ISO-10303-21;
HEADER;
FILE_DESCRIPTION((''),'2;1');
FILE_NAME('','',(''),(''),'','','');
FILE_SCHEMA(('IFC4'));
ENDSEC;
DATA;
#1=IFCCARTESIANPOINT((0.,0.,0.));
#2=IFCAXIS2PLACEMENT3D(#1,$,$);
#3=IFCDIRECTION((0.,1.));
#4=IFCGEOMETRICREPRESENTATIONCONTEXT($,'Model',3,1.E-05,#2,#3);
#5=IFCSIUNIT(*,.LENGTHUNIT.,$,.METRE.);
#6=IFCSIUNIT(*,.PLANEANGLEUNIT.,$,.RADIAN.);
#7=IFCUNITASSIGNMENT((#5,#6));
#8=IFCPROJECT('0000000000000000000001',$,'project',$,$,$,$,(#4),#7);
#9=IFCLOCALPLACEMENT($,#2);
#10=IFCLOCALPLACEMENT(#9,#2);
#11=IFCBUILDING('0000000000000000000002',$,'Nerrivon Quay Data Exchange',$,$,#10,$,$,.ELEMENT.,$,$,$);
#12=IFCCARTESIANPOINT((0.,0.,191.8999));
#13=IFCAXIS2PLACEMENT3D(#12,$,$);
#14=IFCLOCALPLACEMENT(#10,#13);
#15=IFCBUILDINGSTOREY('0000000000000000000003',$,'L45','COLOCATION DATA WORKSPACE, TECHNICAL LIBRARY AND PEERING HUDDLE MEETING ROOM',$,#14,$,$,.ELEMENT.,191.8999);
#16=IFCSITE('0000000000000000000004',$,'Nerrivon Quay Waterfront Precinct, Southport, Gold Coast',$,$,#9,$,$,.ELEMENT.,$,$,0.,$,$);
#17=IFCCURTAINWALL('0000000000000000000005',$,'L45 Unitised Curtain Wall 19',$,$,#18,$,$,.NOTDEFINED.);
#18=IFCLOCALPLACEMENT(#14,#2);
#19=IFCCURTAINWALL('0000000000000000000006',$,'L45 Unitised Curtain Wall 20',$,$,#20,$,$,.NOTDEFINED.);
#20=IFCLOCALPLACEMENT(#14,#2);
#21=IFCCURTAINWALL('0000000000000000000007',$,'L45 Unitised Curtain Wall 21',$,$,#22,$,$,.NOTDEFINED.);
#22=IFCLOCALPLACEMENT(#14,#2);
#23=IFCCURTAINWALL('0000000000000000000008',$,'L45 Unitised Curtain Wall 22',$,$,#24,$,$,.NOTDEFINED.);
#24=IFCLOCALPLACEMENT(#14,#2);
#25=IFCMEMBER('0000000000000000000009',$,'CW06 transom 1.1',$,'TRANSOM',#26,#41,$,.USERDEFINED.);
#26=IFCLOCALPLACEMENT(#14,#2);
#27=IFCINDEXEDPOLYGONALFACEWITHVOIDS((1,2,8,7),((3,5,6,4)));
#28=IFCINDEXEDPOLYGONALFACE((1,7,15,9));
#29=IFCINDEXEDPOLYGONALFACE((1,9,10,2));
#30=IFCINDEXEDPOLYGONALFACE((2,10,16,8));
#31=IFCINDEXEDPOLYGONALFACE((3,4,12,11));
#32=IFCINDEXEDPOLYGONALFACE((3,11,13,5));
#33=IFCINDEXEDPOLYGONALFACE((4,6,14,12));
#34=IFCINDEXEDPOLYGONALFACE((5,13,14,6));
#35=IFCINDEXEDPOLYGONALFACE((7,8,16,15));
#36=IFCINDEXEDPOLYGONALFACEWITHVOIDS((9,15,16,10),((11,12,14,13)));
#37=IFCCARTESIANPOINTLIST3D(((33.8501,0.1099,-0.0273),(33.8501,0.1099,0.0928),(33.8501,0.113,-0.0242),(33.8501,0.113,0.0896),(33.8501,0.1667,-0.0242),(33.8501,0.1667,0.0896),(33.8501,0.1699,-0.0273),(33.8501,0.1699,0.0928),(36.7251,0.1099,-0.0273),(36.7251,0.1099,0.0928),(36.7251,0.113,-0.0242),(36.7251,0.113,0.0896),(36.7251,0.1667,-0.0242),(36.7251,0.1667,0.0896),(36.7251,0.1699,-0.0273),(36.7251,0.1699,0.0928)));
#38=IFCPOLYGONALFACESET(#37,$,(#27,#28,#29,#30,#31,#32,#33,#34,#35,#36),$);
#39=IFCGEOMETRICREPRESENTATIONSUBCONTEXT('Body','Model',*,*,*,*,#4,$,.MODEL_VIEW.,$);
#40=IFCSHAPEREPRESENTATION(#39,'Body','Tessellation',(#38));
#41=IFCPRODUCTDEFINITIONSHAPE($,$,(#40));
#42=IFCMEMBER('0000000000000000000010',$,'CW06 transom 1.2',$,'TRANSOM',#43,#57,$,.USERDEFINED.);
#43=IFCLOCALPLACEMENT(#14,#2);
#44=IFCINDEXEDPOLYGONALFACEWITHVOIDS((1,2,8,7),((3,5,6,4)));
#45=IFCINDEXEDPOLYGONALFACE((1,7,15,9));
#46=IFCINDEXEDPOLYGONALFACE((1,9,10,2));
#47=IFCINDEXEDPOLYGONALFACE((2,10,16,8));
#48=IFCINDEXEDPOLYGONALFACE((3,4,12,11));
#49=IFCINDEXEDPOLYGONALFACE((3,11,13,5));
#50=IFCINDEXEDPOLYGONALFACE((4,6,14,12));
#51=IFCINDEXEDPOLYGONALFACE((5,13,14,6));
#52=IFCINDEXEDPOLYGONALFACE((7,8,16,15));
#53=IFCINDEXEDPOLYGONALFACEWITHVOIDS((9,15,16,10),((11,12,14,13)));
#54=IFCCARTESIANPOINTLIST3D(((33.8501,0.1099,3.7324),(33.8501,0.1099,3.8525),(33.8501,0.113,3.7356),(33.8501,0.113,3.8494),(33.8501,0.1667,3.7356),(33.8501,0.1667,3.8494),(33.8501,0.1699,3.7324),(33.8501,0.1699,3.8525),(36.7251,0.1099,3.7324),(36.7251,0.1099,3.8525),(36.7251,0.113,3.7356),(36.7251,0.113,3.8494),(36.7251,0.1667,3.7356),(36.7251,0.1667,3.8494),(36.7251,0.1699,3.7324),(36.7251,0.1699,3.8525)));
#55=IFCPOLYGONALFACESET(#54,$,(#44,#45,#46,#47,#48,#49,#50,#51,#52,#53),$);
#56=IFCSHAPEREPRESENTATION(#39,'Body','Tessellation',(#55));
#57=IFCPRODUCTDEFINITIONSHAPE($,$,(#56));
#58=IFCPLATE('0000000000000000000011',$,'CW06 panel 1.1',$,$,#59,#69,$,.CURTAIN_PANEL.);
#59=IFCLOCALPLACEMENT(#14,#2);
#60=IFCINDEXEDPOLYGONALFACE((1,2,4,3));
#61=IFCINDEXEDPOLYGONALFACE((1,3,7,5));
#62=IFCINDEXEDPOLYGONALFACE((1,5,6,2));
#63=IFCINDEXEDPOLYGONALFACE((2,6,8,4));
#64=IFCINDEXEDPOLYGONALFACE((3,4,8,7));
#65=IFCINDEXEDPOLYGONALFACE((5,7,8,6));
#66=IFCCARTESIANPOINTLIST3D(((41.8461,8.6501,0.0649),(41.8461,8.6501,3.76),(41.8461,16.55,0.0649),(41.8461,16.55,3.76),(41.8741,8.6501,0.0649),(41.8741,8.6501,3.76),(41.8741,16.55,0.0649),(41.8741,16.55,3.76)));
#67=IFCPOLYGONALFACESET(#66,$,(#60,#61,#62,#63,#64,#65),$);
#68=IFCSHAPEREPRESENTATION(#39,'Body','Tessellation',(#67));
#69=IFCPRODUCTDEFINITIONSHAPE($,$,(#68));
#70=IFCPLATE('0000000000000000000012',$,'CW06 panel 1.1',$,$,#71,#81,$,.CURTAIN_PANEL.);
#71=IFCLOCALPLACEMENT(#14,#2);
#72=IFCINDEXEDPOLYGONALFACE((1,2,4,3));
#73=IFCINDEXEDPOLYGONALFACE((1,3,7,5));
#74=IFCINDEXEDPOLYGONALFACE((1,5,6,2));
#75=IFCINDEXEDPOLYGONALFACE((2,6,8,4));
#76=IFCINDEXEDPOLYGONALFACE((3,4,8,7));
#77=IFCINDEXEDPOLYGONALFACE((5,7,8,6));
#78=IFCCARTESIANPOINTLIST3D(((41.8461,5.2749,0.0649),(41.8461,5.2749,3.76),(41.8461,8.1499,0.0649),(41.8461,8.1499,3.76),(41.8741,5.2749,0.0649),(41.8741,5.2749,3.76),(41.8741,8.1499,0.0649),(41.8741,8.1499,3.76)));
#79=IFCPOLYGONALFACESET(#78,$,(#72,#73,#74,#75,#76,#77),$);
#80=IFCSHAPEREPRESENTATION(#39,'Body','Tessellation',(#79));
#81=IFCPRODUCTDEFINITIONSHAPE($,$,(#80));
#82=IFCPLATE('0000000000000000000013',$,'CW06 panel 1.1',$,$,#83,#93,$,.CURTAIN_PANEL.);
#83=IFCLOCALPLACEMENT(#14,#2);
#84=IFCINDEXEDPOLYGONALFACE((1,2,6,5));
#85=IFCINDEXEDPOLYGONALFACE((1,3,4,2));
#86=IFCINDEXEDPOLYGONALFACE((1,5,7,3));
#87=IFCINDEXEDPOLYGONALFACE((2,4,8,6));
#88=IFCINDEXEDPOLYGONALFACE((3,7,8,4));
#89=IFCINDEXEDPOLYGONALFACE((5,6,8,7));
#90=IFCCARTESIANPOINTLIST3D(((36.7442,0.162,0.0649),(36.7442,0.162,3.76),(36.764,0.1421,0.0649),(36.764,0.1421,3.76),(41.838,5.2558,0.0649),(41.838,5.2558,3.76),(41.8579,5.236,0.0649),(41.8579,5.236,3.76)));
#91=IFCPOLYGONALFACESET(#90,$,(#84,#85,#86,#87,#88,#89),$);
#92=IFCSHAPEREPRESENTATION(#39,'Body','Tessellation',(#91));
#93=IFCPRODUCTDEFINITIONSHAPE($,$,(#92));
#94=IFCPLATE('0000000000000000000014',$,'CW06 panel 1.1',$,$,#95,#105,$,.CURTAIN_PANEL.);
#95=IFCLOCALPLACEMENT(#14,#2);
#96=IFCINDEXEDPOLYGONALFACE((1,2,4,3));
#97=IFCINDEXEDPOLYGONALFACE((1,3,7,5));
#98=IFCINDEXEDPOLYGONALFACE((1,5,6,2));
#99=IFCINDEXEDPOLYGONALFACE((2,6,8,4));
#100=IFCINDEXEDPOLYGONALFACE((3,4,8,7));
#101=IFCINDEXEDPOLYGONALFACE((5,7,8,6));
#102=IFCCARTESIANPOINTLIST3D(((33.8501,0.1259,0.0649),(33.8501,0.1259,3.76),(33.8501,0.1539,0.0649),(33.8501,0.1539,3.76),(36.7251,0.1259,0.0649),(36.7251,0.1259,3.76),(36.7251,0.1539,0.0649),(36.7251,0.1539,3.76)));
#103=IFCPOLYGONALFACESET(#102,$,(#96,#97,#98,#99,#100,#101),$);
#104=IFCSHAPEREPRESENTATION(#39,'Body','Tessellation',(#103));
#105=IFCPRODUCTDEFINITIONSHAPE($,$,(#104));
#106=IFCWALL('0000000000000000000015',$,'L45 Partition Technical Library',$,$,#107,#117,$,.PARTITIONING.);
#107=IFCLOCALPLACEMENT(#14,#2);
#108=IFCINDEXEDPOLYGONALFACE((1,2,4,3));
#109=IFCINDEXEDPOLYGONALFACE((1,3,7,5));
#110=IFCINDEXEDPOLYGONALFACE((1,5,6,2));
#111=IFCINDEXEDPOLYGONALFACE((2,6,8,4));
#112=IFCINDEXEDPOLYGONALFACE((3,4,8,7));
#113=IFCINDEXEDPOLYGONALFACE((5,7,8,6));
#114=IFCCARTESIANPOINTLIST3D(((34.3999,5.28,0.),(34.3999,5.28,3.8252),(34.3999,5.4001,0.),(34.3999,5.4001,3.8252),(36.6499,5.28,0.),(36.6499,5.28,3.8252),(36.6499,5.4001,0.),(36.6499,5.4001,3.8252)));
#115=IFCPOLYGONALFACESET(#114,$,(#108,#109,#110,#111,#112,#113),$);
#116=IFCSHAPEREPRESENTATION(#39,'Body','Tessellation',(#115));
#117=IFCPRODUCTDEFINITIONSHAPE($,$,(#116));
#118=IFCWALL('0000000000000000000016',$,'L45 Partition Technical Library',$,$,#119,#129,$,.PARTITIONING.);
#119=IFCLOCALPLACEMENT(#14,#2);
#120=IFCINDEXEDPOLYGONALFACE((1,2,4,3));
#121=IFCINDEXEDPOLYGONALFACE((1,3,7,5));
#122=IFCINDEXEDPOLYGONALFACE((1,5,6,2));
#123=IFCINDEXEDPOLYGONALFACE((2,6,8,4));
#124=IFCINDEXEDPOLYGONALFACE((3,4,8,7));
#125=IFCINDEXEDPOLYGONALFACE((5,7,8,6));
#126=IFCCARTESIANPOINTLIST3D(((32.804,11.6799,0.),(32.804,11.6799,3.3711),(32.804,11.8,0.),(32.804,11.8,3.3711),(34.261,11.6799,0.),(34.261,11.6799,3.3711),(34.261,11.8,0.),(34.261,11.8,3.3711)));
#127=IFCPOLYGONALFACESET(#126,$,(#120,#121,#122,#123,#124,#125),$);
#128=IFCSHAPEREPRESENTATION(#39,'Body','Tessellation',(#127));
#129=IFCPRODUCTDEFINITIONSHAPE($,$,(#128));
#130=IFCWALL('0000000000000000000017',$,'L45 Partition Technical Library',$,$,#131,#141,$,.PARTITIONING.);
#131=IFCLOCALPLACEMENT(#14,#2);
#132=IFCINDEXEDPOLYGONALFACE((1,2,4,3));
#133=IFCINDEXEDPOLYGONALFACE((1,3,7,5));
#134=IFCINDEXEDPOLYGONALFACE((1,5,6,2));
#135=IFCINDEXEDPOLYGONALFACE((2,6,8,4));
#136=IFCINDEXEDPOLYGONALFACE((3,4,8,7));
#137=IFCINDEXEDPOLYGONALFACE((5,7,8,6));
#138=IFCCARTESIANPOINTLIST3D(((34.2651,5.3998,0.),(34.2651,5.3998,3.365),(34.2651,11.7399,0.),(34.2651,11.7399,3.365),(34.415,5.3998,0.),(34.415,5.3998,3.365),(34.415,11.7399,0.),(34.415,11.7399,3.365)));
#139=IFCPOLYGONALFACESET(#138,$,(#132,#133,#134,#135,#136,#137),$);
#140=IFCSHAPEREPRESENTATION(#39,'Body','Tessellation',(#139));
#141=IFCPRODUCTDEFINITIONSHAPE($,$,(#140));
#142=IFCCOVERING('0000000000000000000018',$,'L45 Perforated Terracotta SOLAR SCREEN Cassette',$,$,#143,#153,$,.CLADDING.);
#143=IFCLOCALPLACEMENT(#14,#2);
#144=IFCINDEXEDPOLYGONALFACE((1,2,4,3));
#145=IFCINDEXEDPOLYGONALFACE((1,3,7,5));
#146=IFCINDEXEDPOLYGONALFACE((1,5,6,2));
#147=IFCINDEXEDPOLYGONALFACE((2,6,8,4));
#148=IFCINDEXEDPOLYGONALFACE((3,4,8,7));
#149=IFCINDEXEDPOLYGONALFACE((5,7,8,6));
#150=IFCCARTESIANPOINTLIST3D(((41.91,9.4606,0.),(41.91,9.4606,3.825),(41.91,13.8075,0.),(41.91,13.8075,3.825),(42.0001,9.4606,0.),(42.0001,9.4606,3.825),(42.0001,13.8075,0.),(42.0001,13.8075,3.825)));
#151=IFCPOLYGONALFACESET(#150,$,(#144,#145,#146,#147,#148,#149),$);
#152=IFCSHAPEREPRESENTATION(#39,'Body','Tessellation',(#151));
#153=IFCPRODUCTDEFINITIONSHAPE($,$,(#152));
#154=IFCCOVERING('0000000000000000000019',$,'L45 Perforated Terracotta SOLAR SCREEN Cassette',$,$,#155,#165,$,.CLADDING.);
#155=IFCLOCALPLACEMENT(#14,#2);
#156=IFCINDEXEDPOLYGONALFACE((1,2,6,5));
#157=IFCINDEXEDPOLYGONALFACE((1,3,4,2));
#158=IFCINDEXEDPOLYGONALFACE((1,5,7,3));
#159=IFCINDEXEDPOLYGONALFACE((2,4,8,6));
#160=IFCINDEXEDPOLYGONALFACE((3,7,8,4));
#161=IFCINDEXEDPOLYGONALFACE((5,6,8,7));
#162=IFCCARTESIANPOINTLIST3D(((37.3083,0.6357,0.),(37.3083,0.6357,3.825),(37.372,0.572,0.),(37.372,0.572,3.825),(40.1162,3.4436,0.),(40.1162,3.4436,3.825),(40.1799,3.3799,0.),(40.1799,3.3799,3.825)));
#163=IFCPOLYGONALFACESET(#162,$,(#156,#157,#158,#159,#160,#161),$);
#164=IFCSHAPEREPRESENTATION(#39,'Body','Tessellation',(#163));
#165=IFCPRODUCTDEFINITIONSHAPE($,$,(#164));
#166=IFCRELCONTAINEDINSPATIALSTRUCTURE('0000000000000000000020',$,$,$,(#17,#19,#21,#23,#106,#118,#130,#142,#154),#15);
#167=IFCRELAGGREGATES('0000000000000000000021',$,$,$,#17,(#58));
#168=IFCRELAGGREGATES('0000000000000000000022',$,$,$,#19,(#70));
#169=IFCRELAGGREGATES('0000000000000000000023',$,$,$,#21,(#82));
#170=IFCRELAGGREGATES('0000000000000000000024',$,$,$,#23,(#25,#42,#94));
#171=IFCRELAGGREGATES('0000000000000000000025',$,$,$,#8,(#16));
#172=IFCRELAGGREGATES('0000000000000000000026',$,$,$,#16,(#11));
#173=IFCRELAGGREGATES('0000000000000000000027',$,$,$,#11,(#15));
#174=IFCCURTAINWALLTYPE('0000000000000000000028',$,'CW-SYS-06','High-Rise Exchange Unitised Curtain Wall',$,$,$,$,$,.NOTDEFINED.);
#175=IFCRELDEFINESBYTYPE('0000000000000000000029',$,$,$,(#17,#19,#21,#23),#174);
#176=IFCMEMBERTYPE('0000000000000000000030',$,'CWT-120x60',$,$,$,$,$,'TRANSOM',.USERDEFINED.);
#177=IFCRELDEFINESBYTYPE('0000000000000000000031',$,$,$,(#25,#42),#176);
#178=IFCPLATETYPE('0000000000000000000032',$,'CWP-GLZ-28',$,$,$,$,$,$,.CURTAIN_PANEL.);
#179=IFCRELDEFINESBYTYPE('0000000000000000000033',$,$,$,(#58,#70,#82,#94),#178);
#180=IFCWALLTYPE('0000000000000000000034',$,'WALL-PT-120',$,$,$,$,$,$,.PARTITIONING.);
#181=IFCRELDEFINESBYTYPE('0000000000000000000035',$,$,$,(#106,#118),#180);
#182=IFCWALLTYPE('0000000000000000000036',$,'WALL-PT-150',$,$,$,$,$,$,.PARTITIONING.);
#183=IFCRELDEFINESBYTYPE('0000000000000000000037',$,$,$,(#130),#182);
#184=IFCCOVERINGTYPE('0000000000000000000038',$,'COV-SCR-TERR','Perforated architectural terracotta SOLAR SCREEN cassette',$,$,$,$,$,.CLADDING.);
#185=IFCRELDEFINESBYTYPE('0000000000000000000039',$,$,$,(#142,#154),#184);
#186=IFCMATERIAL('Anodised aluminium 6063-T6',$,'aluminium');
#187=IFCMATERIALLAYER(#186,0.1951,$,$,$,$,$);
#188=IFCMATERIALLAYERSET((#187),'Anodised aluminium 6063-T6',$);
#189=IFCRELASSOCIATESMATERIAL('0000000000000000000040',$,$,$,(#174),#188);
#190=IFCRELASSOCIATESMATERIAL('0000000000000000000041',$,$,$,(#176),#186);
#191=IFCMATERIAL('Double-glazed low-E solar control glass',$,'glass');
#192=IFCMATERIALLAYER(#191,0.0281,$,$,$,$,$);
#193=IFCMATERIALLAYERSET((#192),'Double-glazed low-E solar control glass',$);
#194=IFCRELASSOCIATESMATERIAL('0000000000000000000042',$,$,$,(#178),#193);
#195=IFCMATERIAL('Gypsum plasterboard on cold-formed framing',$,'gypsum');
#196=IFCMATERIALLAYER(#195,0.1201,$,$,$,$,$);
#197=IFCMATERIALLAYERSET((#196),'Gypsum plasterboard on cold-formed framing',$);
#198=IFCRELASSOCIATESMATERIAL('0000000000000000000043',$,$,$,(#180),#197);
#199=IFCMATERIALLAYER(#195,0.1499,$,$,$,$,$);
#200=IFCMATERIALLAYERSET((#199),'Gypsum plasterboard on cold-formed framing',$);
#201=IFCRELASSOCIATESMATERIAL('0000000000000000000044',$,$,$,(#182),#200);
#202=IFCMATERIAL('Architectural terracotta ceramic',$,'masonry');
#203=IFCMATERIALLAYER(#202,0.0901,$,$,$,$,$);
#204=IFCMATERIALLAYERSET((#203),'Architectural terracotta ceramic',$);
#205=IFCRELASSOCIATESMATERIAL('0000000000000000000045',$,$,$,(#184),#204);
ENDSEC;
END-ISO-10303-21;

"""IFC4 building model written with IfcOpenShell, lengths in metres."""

from ifc_helpers import new_model, si_unit, direction, frame, frame_2d, origin, origin_2d, place, context, subcontext, project, spatial, rectangle, hollow_rectangle, extrude, material, layer, layer_set, material_profile, profile_set, type_object, element, aggregate, save


model = new_model("IFC4")

# Units and contexts
model_context = context("Model", 3, precision=1e-05, world=origin(), true_north=direction((0.0, 1.0)))
body_context = subcontext(model_context, "Body", "Model", "MODEL_VIEW")
ifc_project = project(units=[si_unit("LENGTHUNIT", "METRE"), si_unit("PLANEANGLEUNIT", "RADIAN")], contexts=[model_context])

# Site, building, storey
site_placement = place(None, origin())
site = spatial("IfcSite", under=ifc_project, at=site_placement, Name="Nerrivon Quay Waterfront Precinct, Southport, Gold Coast", CompositionType="ELEMENT", RefElevation=0.0)
building_placement = place(site_placement, origin())
building = spatial("IfcBuilding", under=site, at=building_placement, Name="Nerrivon Quay Data Exchange", CompositionType="ELEMENT")
storey_placement = place(building_placement, frame((0.0, 0.0, 191.8999)))
storey = spatial("IfcBuildingStorey", under=building, at=storey_placement, Name="L45", Description="COLOCATION DATA WORKSPACE, TECHNICAL LIBRARY AND PEERING HUDDLE MEETING ROOM", CompositionType="ELEMENT", Elevation=191.8999)

# Curtain walls
ifc_material_1 = material(Name="Anodised aluminium 6063-T6", Category="aluminium")
ifc_layer_1 = layer(ifc_material_1, 0.1951)
ifc_layer_set_1 = layer_set([ifc_layer_1], Name="Anodised aluminium 6063-T6")
curtain_wall_type = type_object("IfcCurtainWallType", Name="CW-SYS-06", Description="High-Rise Exchange Unitised Curtain Wall", PredefinedType="NOTDEFINED", material=ifc_layer_set_1)
curtain_wall_1_placement = place(storey_placement, origin())
curtain_wall_1 = element("IfcCurtainWall", 1, at=curtain_wall_1_placement, inside=storey, type_object=curtain_wall_type, Name="L45 Unitised Curtain Wall 19", PredefinedType="NOTDEFINED")
curtain_wall_2_placement = place(storey_placement, origin())
curtain_wall_2 = element("IfcCurtainWall", 2, at=curtain_wall_2_placement, inside=storey, type_object=curtain_wall_type, Name="L45 Unitised Curtain Wall 20", PredefinedType="NOTDEFINED")
curtain_wall_3_placement = place(storey_placement, origin())
curtain_wall_3 = element("IfcCurtainWall", 3, at=curtain_wall_3_placement, inside=storey, type_object=curtain_wall_type, Name="L45 Unitised Curtain Wall 21", PredefinedType="NOTDEFINED")

# Curtain wall
curtain_wall_4_placement = place(storey_placement, origin())
curtain_wall_4 = element("IfcCurtainWall", 4, at=curtain_wall_4_placement, inside=storey, type_object=curtain_wall_type, Name="L45 Unitised Curtain Wall 22", PredefinedType="NOTDEFINED")

# Members
ifc_material_profile_1 = material_profile(ifc_material_1, hollow_rectangle(XDim=0.0601, YDim=0.1201, WallThickness=0.0032, at=origin_2d()), Name="ALU-TRAN-120x60")
ifc_profile_set_1 = profile_set([ifc_material_profile_1], Name="Anodised aluminium 6063-T6")
member_type_1 = type_object("IfcMemberType", Name="CWT-120x60", ElementType="TRANSOM", PredefinedType="USERDEFINED", material=ifc_profile_set_1)
member_1_placement = place(storey_placement, frame((36.7251, 0.1399, 0.0327), z_axis=(-1.0, 0.0, 0.0), x_axis=(0.0, -1.0, 0.0)))
member_1 = element("IfcMember", 5, at=member_1_placement, type_object=member_type_1, Name="CW06 transom 1.1", ObjectType="TRANSOM", PredefinedType="USERDEFINED", context=body_context, shape_type="SweptSolid", body=[
    extrude(hollow_rectangle(XDim=0.0601, YDim=0.1201, WallThickness=0.0032, at=origin_2d()), origin(), (0.0, 0.0, 1.0), 2.875),
])
member_2_placement = place(storey_placement, frame((36.7251, 0.1399, 3.7925), z_axis=(-1.0, 0.0, 0.0), x_axis=(0.0, -1.0, 0.0)))
member_2 = element("IfcMember", 6, at=member_2_placement, type_object=member_type_1, Name="CW06 transom 1.2", ObjectType="TRANSOM", PredefinedType="USERDEFINED", context=body_context, shape_type="SweptSolid", body=[
    extrude(hollow_rectangle(XDim=0.0601, YDim=0.1201, WallThickness=0.0032, at=origin_2d()), origin(), (0.0, 0.0, 1.0), 2.875),
])

# Plates
ifc_material_2 = material(Name="Double-glazed low-E solar control glass", Category="glass")
ifc_layer_2 = layer(ifc_material_2, 0.0281)
ifc_layer_set_2 = layer_set([ifc_layer_2], Name="Double-glazed low-E solar control glass")
plate_type = type_object("IfcPlateType", Name="CWP-GLZ-28", PredefinedType="CURTAIN_PANEL", material=ifc_layer_set_2)
plate_1_placement = place(storey_placement, frame((41.8601, 12.6001, 0.0649), z_axis=(0.0, 0.0, 1.0), x_axis=(0.0, -1.0, 0.0)))
plate_1 = element("IfcPlate", 7, at=plate_1_placement, type_object=plate_type, Name="CW06 panel 1.1", PredefinedType="CURTAIN_PANEL", context=body_context, shape_type="SweptSolid", body=[
    extrude(rectangle(XDim=7.8999, YDim=0.0281, at=origin_2d()), origin(), (0.0, 0.0, 1.0), 3.6951),
])
aggregate(curtain_wall_1, [plate_1])
plate_2_placement = place(storey_placement, frame((41.8601, 6.7124, 0.0649), z_axis=(0.0, 0.0, 1.0), x_axis=(0.0, -1.0, 0.0)))
plate_2 = element("IfcPlate", 8, at=plate_2_placement, type_object=plate_type, Name="CW06 panel 1.1", PredefinedType="CURTAIN_PANEL", context=body_context, shape_type="SweptSolid", body=[
    extrude(rectangle(XDim=2.875, YDim=0.0281, at=origin_2d()), origin(), (0.0, 0.0, 1.0), 3.6951),
])
aggregate(curtain_wall_2, [plate_2])
plate_3_placement = place(storey_placement, frame((39.301, 2.699, 0.0649), z_axis=(0.0, 0.0, 1.0), x_axis=(-0.707107, -0.707107, 0.0)))
plate_3 = element("IfcPlate", 9, at=plate_3_placement, type_object=plate_type, Name="CW06 panel 1.1", PredefinedType="CURTAIN_PANEL", context=body_context, shape_type="SweptSolid", body=[
    extrude(rectangle(XDim=7.2039, YDim=0.0281, at=origin_2d()), origin(), (0.0, 0.0, 1.0), 3.6951),
])
aggregate(curtain_wall_3, [plate_3])
plate_4_placement = place(storey_placement, frame((35.2876, 0.1399, 0.0649), z_axis=(0.0, 0.0, 1.0), x_axis=(-1.0, 0.0, 0.0)))
plate_4 = element("IfcPlate", 10, at=plate_4_placement, type_object=plate_type, Name="CW06 panel 1.1", PredefinedType="CURTAIN_PANEL", context=body_context, shape_type="SweptSolid", body=[
    extrude(rectangle(XDim=2.875, YDim=0.0281, at=origin_2d()), origin(), (0.0, 0.0, 1.0), 3.6951),
])
aggregate(curtain_wall_4, [member_1, member_2, plate_4])

# Walls
ifc_material_3 = material(Name="Gypsum plasterboard on cold-formed framing", Category="gypsum")
ifc_layer_3 = layer(ifc_material_3, 0.1201)
ifc_layer_set_3 = layer_set([ifc_layer_3], Name="Gypsum plasterboard on cold-formed framing")
wall_type_1 = type_object("IfcWallType", Name="WALL-PT-120", PredefinedType="PARTITIONING", material=ifc_layer_set_3)
wall_1_placement = place(storey_placement, frame((36.6499, 5.3401, 0.0), z_axis=(0.0, 0.0, 1.0), x_axis=(-1.0, 0.0, 0.0)))
element("IfcWall", 11, at=wall_1_placement, inside=storey, type_object=wall_type_1, Name="L45 Partition Technical Library", PredefinedType="PARTITIONING", context=body_context, shape_type="SweptSolid", body=[
    extrude(rectangle(XDim=2.25, YDim=0.1201, at=frame_2d((1.125, 0.0))), origin(), (0.0, 0.0, 1.0), 3.8252),
])
wall_2_placement = place(storey_placement, frame((34.261, 11.74, 0.0), z_axis=(0.0, 0.0, 1.0), x_axis=(-1.0, 0.0, 0.0)))
element("IfcWall", 12, at=wall_2_placement, inside=storey, type_object=wall_type_1, Name="L45 Partition Technical Library", PredefinedType="PARTITIONING", context=body_context, shape_type="SweptSolid", body=[
    extrude(rectangle(XDim=1.457, YDim=0.1201, at=frame_2d((0.7285, 0.0))), origin(), (0.0, 0.0, 1.0), 3.3711),
])
ifc_layer_4 = layer(ifc_material_3, 0.1499)
ifc_layer_set_4 = layer_set([ifc_layer_4], Name="Gypsum plasterboard on cold-formed framing")
wall_type_2 = type_object("IfcWallType", Name="WALL-PT-150", PredefinedType="PARTITIONING", material=ifc_layer_set_4)
wall_3_placement = place(storey_placement, frame((34.3401, 5.3999, 0.0), z_axis=(0.0, 0.0, 1.0), x_axis=(0.0, 1.0, 0.0)))
element("IfcWall", 13, at=wall_3_placement, inside=storey, type_object=wall_type_2, Name="L45 Partition Technical Library", PredefinedType="PARTITIONING", context=body_context, shape_type="SweptSolid", body=[
    extrude(rectangle(XDim=6.3401, YDim=0.1499, at=frame_2d((3.1699, 0.0))), origin(), (0.0, 0.0, 1.0), 3.365),
])

# Coverings
ifc_material_4 = material(Name="Architectural terracotta ceramic", Category="masonry")
ifc_layer_5 = layer(ifc_material_4, 0.0901)
ifc_layer_set_5 = layer_set([ifc_layer_5], Name="Architectural terracotta ceramic")
covering_type = type_object("IfcCoveringType", Name="COV-SCR-TERR", Description="Perforated architectural terracotta SOLAR SCREEN cassette", PredefinedType="CLADDING", material=ifc_layer_set_5)
covering_1_placement = place(storey_placement, frame((41.9551, 11.634, 0.0), z_axis=(0.0, 0.0, 1.0), x_axis=(0.0, -1.0, 0.0)))
element("IfcCovering", 14, at=covering_1_placement, inside=storey, type_object=covering_type, Name="L45 Perforated Terracotta SOLAR SCREEN Cassette", PredefinedType="CLADDING", context=body_context, shape_type="SweptSolid", body=[
    extrude(rectangle(XDim=4.3469, YDim=0.0901, at=origin_2d()), origin(), (0.0, 0.0, 1.0), 3.825),
])
covering_2_placement = place(storey_placement, frame((38.7441, 2.0078, 0.0), z_axis=(0.0, 0.0, 1.0), x_axis=(-0.707107, -0.707107, 0.0)))
element("IfcCovering", 15, at=covering_2_placement, inside=storey, type_object=covering_type, Name="L45 Perforated Terracotta SOLAR SCREEN Cassette", PredefinedType="CLADDING", context=body_context, shape_type="SweptSolid", body=[
    extrude(rectangle(XDim=3.9709, YDim=0.0901, at=origin_2d()), origin(), (0.0, 0.0, 1.0), 3.825),
])

save(model, "model.ifc")
